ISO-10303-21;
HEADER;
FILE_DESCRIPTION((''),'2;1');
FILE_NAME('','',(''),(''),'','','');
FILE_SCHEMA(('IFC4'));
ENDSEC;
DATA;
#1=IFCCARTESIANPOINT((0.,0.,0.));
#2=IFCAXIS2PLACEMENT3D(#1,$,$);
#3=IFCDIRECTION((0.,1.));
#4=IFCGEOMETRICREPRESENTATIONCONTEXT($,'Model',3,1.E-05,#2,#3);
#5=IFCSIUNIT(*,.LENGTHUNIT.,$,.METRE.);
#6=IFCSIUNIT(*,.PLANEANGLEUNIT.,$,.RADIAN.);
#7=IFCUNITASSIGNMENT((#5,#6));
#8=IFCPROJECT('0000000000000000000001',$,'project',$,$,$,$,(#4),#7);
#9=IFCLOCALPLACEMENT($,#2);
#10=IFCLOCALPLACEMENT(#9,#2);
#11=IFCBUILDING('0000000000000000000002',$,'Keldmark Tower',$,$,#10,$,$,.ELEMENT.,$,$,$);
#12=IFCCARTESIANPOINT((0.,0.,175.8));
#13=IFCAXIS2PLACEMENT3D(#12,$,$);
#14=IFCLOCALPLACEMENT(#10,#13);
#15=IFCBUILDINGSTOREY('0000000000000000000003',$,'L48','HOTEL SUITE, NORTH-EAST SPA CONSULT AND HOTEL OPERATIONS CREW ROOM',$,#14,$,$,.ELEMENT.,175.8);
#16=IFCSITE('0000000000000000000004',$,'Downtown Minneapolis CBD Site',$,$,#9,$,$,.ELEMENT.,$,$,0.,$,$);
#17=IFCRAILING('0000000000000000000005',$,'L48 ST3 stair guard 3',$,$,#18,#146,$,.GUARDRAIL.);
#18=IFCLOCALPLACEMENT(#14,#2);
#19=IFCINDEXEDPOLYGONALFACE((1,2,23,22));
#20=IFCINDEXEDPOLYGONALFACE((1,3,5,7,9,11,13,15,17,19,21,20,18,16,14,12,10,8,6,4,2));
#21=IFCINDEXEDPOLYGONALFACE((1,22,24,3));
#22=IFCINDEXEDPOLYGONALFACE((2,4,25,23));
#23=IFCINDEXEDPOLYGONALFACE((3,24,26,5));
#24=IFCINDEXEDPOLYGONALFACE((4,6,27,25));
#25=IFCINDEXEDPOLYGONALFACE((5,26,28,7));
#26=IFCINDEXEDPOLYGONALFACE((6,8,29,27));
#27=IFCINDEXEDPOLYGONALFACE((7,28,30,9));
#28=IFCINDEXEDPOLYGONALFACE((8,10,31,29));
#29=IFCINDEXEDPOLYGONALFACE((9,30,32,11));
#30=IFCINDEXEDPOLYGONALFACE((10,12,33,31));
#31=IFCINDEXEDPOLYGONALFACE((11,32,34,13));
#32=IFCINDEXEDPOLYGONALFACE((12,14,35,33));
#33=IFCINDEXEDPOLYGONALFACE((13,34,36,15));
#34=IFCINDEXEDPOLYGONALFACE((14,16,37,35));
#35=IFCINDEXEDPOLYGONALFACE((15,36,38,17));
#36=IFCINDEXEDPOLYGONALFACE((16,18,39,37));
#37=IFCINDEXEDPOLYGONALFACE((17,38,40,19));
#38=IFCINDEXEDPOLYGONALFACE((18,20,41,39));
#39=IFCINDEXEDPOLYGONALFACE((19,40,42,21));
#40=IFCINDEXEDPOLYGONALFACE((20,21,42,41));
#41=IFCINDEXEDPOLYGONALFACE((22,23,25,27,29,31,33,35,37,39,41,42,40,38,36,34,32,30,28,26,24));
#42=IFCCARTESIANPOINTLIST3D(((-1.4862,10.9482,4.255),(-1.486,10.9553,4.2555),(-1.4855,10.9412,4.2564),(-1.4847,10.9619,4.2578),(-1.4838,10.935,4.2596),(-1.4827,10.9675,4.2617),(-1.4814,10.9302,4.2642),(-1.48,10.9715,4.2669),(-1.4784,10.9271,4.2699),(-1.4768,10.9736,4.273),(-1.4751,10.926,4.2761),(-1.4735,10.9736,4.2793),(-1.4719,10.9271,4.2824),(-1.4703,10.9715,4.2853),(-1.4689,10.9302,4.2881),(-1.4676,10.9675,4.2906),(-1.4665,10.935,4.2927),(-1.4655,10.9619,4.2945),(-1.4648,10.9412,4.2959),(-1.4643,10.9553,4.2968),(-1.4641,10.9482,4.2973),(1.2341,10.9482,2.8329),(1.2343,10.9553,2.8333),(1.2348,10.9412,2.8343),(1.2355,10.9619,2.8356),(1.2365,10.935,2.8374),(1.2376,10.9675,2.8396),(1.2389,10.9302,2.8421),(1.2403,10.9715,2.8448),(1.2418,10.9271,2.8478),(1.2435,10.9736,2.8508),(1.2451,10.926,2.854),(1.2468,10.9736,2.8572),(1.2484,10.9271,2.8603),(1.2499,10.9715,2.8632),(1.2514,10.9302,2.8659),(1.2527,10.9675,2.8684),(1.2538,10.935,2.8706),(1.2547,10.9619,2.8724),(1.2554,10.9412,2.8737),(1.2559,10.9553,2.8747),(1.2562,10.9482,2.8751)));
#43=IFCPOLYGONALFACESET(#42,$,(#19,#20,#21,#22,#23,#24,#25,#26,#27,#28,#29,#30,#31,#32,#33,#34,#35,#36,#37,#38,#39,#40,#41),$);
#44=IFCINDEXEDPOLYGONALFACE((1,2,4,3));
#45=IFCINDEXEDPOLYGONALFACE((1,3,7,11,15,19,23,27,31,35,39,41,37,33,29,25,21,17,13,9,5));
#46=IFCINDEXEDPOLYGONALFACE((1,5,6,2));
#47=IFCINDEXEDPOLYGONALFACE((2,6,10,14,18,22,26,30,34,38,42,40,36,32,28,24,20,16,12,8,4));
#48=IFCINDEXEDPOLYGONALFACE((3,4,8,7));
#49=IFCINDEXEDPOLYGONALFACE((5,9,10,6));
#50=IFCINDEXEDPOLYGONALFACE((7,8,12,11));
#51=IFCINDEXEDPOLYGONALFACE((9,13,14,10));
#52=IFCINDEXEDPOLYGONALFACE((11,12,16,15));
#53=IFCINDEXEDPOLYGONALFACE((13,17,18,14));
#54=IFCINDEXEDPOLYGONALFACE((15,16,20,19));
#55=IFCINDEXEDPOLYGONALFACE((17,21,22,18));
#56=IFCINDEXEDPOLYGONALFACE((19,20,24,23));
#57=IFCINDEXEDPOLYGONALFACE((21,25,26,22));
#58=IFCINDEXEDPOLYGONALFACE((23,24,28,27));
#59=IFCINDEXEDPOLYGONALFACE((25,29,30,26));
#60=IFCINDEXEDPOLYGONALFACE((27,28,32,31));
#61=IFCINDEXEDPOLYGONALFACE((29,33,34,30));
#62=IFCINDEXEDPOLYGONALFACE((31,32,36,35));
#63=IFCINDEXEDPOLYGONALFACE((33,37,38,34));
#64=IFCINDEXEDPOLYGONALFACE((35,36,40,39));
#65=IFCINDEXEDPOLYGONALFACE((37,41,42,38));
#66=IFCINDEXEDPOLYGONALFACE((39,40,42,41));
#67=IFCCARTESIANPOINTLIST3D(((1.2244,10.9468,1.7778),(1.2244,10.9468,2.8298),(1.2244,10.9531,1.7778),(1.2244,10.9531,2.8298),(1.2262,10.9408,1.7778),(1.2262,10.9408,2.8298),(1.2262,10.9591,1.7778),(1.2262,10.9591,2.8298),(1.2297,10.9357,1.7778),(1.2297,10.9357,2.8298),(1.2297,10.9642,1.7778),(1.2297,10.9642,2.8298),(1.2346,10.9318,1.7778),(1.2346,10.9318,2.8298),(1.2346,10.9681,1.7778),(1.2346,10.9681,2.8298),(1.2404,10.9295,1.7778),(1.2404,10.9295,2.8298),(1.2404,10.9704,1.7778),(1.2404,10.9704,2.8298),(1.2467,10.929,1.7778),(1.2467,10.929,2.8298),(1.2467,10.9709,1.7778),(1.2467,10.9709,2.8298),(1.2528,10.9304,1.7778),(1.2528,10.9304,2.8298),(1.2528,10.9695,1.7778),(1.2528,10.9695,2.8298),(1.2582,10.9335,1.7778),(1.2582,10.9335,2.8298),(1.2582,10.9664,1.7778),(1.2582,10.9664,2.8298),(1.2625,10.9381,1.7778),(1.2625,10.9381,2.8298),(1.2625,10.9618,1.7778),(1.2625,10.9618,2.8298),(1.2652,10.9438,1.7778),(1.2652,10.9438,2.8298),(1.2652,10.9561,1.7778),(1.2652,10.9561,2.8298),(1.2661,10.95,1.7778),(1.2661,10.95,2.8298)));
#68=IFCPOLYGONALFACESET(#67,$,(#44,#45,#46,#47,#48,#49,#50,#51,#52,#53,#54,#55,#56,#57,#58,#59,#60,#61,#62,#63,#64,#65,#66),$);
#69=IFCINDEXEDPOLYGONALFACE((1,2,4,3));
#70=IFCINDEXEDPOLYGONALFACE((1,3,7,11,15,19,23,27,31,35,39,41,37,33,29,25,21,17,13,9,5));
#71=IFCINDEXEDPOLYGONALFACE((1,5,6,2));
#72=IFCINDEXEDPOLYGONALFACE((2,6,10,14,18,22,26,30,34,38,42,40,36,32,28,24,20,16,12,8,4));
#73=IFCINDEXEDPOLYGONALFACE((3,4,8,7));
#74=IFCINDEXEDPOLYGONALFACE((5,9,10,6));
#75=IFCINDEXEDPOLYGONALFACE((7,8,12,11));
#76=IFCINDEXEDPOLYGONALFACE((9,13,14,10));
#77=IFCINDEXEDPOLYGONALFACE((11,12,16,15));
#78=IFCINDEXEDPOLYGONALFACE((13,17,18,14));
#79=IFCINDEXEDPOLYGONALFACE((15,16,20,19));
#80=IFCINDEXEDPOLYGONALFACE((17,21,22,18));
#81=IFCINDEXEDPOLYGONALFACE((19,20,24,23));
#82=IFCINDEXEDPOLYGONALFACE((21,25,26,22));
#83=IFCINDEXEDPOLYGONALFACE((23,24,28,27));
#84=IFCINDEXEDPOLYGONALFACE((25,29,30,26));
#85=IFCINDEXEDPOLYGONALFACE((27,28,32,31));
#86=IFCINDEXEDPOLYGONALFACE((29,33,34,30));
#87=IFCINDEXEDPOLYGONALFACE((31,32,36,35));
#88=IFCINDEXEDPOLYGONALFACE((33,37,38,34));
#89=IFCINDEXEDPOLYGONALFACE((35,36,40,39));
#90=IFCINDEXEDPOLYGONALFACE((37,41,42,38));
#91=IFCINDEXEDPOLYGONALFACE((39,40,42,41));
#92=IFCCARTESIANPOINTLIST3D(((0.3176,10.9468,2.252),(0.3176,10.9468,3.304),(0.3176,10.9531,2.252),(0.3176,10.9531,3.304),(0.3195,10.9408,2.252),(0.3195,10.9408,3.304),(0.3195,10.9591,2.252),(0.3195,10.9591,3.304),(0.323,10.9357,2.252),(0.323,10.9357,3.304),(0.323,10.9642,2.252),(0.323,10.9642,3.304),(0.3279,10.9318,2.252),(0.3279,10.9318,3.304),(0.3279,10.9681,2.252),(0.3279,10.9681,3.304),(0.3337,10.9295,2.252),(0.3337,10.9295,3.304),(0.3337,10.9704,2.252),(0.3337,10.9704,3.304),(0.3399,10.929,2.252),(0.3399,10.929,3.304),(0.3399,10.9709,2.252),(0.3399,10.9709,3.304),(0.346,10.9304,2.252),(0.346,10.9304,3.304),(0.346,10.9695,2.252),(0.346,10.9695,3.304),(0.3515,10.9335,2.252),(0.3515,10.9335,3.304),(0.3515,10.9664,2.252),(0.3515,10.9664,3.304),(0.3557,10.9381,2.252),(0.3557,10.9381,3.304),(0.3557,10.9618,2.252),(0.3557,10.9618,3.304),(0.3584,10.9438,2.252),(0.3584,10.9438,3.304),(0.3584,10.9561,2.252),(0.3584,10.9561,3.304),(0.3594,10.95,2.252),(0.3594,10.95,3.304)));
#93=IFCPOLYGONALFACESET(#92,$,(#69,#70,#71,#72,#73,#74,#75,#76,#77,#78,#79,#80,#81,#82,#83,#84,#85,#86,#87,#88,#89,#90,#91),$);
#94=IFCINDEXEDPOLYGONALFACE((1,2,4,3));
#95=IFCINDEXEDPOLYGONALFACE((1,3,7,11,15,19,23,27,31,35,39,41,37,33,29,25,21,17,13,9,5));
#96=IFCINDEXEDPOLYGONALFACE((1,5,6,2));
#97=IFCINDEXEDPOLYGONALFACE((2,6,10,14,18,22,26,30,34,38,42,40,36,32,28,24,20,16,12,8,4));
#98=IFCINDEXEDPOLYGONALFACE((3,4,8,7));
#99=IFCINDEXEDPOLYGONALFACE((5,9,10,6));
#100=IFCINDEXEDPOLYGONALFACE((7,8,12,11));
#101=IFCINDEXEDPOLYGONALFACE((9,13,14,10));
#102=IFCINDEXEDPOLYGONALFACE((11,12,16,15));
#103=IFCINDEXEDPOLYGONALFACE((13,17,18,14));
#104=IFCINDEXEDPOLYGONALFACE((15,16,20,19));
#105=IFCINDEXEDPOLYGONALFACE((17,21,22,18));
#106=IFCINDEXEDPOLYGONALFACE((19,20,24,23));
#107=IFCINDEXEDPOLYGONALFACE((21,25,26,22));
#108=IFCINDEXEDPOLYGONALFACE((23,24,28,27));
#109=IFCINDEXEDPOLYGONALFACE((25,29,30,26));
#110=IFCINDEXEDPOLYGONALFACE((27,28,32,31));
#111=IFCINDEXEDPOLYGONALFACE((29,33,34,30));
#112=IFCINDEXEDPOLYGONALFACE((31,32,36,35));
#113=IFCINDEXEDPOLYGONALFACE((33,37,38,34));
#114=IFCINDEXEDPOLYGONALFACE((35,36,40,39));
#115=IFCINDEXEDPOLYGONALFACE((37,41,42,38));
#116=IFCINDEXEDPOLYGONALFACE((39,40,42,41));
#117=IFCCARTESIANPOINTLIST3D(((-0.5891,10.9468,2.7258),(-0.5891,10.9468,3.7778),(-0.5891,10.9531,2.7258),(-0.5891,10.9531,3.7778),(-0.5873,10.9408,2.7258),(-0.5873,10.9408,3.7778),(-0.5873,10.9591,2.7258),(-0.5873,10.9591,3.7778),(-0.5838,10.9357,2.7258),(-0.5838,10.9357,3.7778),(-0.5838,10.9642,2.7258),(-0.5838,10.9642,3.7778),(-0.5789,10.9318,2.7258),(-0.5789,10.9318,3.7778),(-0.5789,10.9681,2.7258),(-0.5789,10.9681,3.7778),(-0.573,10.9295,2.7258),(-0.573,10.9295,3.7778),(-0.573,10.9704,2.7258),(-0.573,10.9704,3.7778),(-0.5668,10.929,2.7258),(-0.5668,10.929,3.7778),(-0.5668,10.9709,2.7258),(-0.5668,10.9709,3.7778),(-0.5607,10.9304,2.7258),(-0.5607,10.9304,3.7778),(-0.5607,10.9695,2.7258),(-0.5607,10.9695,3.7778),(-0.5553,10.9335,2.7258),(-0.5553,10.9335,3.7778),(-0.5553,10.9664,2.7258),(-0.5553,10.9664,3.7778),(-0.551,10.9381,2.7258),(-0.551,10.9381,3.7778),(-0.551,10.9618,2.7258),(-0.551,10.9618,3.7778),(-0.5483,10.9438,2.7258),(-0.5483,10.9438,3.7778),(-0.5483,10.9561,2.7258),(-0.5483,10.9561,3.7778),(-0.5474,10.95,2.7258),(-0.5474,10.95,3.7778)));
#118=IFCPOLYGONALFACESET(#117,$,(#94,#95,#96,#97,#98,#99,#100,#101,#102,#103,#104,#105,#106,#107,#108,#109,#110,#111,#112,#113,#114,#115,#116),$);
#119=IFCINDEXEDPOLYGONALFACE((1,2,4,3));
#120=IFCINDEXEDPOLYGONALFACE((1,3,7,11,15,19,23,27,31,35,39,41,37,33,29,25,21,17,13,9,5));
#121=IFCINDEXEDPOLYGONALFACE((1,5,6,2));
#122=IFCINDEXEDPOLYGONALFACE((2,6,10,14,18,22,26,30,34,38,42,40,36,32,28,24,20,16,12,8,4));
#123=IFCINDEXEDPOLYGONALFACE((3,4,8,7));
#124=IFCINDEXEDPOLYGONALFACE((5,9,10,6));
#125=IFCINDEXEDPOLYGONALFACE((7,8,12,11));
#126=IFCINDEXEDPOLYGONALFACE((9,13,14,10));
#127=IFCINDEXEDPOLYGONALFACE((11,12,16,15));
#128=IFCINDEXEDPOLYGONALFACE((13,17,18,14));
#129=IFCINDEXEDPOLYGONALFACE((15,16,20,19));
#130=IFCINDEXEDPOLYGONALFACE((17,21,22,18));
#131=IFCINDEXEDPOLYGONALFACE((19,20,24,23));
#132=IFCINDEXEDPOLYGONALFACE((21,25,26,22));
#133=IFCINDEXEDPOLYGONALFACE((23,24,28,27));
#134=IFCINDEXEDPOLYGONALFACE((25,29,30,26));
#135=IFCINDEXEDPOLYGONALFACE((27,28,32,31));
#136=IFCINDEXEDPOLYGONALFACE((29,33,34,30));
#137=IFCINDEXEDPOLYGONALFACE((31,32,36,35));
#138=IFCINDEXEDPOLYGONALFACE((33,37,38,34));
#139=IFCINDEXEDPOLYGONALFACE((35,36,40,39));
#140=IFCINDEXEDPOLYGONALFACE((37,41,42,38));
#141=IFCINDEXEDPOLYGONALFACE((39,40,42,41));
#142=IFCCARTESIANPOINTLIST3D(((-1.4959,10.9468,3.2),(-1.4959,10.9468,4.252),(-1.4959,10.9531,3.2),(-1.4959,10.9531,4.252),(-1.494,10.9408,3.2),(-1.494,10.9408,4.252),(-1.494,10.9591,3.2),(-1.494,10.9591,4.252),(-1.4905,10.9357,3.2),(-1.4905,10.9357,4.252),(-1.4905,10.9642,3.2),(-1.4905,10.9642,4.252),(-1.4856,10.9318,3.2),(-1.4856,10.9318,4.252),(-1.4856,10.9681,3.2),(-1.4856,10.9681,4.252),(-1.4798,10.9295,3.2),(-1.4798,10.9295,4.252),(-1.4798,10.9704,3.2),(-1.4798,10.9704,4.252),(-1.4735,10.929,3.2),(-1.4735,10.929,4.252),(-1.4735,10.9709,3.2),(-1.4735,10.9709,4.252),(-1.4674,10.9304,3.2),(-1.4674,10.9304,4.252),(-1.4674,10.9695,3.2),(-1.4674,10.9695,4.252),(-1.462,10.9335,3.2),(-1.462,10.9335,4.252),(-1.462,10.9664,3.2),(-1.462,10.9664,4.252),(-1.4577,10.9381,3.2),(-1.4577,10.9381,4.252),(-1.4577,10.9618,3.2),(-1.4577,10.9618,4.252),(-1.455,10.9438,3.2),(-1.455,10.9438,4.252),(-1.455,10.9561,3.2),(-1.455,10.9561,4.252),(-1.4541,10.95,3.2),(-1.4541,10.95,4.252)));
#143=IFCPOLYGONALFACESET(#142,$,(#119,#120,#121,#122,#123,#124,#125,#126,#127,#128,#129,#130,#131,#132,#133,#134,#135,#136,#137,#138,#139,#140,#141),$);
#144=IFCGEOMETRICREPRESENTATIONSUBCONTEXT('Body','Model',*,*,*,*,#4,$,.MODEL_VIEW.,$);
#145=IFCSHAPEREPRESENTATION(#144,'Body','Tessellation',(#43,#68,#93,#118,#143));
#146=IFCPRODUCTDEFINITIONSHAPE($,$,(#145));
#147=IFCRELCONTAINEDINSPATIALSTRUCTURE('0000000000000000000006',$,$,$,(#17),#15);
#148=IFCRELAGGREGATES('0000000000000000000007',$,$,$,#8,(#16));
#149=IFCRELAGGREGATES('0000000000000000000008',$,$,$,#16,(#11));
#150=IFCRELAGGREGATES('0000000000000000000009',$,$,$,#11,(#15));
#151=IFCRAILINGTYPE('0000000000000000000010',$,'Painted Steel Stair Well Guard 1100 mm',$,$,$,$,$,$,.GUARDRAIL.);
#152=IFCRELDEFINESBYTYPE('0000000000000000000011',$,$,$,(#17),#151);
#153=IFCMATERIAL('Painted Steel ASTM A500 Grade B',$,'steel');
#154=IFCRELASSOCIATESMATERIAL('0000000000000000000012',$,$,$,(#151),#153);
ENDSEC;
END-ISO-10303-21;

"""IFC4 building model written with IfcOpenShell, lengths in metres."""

from ifc_helpers import new_model, si_unit, direction, frame, origin, origin_2d, place, context, subcontext, project, spatial, circle, extrude, material, type_object, element, save


model = new_model("IFC4")

# Units and contexts
model_context = context("Model", 3, precision=1e-05, world=origin(), true_north=direction((0.0, 1.0)))
body_context = subcontext(model_context, "Body", "Model", "MODEL_VIEW")
ifc_project = project(units=[si_unit("LENGTHUNIT", "METRE"), si_unit("PLANEANGLEUNIT", "RADIAN")], contexts=[model_context])

# Site, building, storey
site_placement = place(None, origin())
site = spatial("IfcSite", under=ifc_project, at=site_placement, Name="Downtown Minneapolis CBD Site", CompositionType="ELEMENT", RefElevation=0.0)
building_placement = place(site_placement, origin())
building = spatial("IfcBuilding", under=site, at=building_placement, Name="Keldmark Tower", CompositionType="ELEMENT")
storey_placement = place(building_placement, frame((0.0, 0.0, 175.8)))
storey = spatial("IfcBuildingStorey", under=building, at=storey_placement, Name="L48", Description="HOTEL SUITE, NORTH-EAST SPA CONSULT AND HOTEL OPERATIONS CREW ROOM", CompositionType="ELEMENT", Elevation=175.8)

# Railing
ifc_material_1 = material(Name="Painted Steel ASTM A500 Grade B", Category="steel")
railing_type_1 = type_object("IfcRailingType", Name="Painted Steel Stair Well Guard 1100 mm", PredefinedType="GUARDRAIL", material=ifc_material_1)
railing_1_placement = place(storey_placement, frame((1.2451, 10.95, 1.7778)))
element("IfcRailing", 1, at=railing_1_placement, inside=storey, type_object=railing_type_1, Name="L48 ST3 stair guard 3", PredefinedType="GUARDRAIL", context=body_context, shape_type="SweptSolid", body=[
    extrude(circle(Radius=0.0239, at=origin_2d()), frame((0.0, 0.0, 1.0762), z_axis=(-0.8862, 0.0, 0.463302), x_axis=(0.0, -1.0, 0.0)), (0.0, 0.0, 1.0), 3.0696),
    extrude(circle(Radius=0.021, at=origin_2d()), origin(), (0.0, 0.0, 1.0), 1.052),
    extrude(circle(Radius=0.021, at=origin_2d()), frame((-0.9067, 0.0, 0.4741)), (0.0, 0.0, 1.0), 1.052),
    extrude(circle(Radius=0.021, at=origin_2d()), frame((-1.8135, 0.0, 0.948)), (0.0, 0.0, 1.0), 1.052),
    extrude(circle(Radius=0.021, at=origin_2d()), frame((-2.7202, 0.0, 1.4221)), (0.0, 0.0, 1.0), 1.052),
])

save(model, "model.ifc")
